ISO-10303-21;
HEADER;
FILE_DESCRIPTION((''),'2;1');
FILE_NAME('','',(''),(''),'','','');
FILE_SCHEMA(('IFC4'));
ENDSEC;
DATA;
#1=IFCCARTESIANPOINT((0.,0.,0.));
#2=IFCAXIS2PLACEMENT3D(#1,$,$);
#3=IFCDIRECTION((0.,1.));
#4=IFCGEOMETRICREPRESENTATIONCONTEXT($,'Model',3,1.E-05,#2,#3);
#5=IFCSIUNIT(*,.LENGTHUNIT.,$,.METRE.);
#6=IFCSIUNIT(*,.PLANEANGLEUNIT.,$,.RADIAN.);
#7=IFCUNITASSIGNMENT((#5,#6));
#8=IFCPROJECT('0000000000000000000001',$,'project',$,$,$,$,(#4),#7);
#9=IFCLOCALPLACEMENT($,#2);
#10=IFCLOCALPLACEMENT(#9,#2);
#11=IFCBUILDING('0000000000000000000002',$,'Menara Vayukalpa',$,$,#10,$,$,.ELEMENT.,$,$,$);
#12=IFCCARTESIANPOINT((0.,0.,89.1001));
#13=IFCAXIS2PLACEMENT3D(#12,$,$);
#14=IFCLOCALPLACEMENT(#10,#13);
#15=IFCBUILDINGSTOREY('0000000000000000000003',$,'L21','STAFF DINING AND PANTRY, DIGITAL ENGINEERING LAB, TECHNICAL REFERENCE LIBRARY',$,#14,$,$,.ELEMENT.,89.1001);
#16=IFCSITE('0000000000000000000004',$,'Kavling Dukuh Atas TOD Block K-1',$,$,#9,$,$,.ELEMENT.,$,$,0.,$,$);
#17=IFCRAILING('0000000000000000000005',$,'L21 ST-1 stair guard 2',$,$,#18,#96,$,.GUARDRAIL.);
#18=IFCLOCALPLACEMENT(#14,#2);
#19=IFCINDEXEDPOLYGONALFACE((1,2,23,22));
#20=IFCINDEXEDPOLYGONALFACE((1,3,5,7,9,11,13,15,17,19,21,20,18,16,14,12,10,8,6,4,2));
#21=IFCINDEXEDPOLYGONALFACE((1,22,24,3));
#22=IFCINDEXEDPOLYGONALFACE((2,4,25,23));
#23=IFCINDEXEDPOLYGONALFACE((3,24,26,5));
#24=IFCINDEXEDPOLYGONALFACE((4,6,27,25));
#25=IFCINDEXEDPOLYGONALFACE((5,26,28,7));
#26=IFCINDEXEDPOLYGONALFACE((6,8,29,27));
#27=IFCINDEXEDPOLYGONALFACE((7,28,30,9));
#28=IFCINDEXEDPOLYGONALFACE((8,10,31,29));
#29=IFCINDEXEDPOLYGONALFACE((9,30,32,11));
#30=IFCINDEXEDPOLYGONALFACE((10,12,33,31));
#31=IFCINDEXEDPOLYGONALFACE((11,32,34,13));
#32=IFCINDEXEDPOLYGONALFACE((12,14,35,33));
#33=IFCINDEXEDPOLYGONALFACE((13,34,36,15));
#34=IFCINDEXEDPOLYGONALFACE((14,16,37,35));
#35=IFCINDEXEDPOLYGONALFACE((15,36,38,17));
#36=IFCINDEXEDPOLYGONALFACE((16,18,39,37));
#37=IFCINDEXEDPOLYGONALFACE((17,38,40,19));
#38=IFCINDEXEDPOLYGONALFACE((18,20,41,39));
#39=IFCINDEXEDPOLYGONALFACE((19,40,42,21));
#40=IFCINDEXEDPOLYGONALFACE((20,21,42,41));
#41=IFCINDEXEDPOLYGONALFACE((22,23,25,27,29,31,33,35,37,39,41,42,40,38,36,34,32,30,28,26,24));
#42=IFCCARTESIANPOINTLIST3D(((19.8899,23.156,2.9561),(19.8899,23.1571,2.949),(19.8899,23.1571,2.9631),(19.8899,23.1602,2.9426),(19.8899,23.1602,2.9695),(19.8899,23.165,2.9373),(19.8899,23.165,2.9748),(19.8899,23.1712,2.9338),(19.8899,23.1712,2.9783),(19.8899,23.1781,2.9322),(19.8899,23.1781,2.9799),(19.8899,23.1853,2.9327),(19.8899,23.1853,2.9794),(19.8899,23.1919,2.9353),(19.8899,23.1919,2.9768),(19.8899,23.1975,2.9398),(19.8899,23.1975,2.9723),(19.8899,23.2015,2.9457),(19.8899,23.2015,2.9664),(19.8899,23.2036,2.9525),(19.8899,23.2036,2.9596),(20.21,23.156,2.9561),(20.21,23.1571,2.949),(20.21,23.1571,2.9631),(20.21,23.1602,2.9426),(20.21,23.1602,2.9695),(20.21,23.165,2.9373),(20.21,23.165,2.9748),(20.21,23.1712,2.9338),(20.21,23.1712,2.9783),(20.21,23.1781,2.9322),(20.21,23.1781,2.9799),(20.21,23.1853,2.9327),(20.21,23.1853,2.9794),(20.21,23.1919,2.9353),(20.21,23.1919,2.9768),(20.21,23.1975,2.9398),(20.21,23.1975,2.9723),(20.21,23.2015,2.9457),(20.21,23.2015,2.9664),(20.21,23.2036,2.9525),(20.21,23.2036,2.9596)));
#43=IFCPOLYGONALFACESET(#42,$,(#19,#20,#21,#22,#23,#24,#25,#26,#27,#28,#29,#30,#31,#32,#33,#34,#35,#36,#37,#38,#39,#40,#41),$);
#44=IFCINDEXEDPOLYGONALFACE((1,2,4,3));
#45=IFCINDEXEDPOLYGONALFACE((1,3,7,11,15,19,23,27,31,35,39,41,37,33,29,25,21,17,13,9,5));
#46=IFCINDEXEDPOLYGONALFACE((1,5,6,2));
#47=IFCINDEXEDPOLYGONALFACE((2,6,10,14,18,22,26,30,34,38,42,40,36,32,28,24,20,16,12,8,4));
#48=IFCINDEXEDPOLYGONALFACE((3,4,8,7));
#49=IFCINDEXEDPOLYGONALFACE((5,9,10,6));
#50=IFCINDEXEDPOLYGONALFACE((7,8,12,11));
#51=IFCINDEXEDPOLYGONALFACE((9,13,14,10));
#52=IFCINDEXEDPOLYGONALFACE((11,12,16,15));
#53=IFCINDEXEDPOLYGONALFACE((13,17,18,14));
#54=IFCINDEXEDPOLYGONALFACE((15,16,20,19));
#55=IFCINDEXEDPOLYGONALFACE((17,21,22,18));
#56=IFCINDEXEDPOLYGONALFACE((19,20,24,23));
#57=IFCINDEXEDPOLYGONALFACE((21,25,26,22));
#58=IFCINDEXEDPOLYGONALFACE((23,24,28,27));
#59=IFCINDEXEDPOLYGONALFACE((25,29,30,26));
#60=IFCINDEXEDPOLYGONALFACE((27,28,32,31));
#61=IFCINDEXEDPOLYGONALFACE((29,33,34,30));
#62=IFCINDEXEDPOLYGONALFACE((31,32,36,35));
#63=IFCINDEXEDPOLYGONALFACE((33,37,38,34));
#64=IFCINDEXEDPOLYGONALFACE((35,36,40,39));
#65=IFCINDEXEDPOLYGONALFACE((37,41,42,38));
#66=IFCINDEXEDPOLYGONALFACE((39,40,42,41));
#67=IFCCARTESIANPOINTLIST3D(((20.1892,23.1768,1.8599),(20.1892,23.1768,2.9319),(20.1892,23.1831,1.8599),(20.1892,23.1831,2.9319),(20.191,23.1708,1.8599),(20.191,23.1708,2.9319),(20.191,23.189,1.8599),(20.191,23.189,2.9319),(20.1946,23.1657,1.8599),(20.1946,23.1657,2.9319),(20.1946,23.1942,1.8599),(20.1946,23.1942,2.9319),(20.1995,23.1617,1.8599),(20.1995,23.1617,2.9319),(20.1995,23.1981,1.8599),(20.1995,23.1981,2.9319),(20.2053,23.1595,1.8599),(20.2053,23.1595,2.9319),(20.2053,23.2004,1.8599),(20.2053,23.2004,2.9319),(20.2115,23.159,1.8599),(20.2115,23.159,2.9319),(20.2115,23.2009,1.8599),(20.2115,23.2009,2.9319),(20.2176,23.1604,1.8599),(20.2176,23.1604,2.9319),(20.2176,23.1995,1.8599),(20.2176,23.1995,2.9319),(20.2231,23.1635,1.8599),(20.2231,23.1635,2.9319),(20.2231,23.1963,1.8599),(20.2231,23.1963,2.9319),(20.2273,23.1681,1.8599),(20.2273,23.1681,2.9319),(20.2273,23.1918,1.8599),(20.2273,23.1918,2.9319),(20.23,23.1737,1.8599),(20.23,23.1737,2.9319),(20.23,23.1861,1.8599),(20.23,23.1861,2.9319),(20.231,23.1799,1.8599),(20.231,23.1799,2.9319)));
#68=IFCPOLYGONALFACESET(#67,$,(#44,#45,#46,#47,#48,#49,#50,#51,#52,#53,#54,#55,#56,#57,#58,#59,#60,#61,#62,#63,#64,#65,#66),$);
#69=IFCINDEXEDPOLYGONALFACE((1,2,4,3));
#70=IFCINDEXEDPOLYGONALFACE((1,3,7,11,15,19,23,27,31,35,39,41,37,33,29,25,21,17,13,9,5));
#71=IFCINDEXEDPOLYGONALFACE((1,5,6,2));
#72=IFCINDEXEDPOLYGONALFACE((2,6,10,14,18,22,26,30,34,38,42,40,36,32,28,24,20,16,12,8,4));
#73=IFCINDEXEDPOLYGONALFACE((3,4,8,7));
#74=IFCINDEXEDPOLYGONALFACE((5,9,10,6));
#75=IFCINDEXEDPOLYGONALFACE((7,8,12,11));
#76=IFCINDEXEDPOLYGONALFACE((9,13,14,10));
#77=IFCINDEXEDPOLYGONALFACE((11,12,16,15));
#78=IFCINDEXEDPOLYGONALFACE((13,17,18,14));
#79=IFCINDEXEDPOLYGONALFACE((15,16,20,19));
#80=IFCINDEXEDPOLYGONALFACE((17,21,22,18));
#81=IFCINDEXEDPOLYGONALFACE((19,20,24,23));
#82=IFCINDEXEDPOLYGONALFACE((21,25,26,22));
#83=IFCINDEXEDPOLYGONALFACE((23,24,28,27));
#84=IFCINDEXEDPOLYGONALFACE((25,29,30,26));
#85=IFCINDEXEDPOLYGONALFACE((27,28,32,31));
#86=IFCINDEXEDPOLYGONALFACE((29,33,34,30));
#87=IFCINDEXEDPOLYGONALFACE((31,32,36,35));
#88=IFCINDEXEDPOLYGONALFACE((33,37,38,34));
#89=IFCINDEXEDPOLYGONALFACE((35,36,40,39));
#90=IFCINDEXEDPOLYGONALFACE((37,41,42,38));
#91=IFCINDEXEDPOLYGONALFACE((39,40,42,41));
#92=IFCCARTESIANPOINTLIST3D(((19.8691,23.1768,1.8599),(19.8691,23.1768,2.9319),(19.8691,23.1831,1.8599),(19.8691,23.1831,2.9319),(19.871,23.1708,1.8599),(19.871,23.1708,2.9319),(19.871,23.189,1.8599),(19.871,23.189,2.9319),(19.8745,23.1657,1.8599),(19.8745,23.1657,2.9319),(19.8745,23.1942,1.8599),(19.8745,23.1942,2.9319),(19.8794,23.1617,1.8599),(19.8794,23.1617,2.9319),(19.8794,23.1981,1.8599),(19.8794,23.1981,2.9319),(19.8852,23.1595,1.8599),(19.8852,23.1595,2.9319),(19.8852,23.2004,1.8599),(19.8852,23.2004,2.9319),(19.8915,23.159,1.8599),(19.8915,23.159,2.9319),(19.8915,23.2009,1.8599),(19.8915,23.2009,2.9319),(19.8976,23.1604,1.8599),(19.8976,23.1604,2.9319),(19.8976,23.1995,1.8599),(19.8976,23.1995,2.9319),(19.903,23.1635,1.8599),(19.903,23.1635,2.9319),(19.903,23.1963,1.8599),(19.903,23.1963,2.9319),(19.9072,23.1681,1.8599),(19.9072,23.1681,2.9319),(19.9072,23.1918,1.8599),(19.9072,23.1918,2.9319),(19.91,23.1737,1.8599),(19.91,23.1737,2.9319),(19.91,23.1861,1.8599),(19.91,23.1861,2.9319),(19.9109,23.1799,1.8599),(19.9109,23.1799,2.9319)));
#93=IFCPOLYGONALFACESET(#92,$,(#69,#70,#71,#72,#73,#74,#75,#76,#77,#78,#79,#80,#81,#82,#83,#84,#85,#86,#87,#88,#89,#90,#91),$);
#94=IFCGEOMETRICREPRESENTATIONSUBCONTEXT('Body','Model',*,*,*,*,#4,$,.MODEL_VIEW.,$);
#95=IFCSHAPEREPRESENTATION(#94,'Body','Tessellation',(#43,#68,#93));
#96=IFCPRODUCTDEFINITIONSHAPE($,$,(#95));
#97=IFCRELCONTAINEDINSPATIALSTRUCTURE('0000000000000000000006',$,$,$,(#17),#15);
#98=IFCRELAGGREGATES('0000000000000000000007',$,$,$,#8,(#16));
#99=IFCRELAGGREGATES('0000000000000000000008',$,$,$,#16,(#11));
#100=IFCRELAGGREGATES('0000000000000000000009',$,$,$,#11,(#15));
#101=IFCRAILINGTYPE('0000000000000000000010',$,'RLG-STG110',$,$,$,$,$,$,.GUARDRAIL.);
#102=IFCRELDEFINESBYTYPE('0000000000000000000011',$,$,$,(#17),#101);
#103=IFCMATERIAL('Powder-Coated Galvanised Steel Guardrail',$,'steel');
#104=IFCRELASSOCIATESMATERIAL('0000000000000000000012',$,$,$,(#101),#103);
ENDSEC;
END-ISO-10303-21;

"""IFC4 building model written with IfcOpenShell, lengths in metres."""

from ifc_helpers import new_model, si_unit, direction, frame, origin, origin_2d, place, context, subcontext, project, spatial, circle, extrude, material, type_object, element, save


model = new_model("IFC4")

# Units and contexts
model_context = context("Model", 3, precision=1e-05, world=origin(), true_north=direction((0.0, 1.0)))
body_context = subcontext(model_context, "Body", "Model", "MODEL_VIEW")
ifc_project = project(units=[si_unit("LENGTHUNIT", "METRE"), si_unit("PLANEANGLEUNIT", "RADIAN")], contexts=[model_context])

# Site, building, storey
site_placement = place(None, origin())
site = spatial("IfcSite", under=ifc_project, at=site_placement, Name="Kavling Dukuh Atas TOD Block K-1", CompositionType="ELEMENT", RefElevation=0.0)
building_placement = place(site_placement, origin())
building = spatial("IfcBuilding", under=site, at=building_placement, Name="Menara Vayukalpa", CompositionType="ELEMENT")
storey_placement = place(building_placement, frame((0.0, 0.0, 89.1001)))
storey = spatial("IfcBuildingStorey", under=building, at=storey_placement, Name="L21", Description="STAFF DINING AND PANTRY, DIGITAL ENGINEERING LAB, TECHNICAL REFERENCE LIBRARY", CompositionType="ELEMENT", Elevation=89.1001)

# Railing
ifc_material_1 = material(Name="Powder-Coated Galvanised Steel Guardrail", Category="steel")
railing_type_1 = type_object("IfcRailingType", Name="RLG-STG110", PredefinedType="GUARDRAIL", material=ifc_material_1)
railing_1_placement = place(storey_placement, frame((20.21, 23.1799, 1.8599)))
element("IfcRailing", 1, at=railing_1_placement, inside=storey, type_object=railing_type_1, Name="L21 ST-1 stair guard 2", PredefinedType="GUARDRAIL", context=body_context, shape_type="SweptSolid", body=[
    extrude(circle(Radius=0.0239, at=origin_2d()), frame((0.0, 0.0, 1.0962), z_axis=(-1.0, 0.0, 0.0), x_axis=(0.0, -1.0, 0.0)), (0.0, 0.0, 1.0), 0.3201),
    extrude(circle(Radius=0.021, at=origin_2d()), origin(), (0.0, 0.0, 1.0), 1.072),
    extrude(circle(Radius=0.021, at=origin_2d()), frame((-0.3201, 0.0, 0.0)), (0.0, 0.0, 1.0), 1.072),
])

save(model, "model.ifc")
